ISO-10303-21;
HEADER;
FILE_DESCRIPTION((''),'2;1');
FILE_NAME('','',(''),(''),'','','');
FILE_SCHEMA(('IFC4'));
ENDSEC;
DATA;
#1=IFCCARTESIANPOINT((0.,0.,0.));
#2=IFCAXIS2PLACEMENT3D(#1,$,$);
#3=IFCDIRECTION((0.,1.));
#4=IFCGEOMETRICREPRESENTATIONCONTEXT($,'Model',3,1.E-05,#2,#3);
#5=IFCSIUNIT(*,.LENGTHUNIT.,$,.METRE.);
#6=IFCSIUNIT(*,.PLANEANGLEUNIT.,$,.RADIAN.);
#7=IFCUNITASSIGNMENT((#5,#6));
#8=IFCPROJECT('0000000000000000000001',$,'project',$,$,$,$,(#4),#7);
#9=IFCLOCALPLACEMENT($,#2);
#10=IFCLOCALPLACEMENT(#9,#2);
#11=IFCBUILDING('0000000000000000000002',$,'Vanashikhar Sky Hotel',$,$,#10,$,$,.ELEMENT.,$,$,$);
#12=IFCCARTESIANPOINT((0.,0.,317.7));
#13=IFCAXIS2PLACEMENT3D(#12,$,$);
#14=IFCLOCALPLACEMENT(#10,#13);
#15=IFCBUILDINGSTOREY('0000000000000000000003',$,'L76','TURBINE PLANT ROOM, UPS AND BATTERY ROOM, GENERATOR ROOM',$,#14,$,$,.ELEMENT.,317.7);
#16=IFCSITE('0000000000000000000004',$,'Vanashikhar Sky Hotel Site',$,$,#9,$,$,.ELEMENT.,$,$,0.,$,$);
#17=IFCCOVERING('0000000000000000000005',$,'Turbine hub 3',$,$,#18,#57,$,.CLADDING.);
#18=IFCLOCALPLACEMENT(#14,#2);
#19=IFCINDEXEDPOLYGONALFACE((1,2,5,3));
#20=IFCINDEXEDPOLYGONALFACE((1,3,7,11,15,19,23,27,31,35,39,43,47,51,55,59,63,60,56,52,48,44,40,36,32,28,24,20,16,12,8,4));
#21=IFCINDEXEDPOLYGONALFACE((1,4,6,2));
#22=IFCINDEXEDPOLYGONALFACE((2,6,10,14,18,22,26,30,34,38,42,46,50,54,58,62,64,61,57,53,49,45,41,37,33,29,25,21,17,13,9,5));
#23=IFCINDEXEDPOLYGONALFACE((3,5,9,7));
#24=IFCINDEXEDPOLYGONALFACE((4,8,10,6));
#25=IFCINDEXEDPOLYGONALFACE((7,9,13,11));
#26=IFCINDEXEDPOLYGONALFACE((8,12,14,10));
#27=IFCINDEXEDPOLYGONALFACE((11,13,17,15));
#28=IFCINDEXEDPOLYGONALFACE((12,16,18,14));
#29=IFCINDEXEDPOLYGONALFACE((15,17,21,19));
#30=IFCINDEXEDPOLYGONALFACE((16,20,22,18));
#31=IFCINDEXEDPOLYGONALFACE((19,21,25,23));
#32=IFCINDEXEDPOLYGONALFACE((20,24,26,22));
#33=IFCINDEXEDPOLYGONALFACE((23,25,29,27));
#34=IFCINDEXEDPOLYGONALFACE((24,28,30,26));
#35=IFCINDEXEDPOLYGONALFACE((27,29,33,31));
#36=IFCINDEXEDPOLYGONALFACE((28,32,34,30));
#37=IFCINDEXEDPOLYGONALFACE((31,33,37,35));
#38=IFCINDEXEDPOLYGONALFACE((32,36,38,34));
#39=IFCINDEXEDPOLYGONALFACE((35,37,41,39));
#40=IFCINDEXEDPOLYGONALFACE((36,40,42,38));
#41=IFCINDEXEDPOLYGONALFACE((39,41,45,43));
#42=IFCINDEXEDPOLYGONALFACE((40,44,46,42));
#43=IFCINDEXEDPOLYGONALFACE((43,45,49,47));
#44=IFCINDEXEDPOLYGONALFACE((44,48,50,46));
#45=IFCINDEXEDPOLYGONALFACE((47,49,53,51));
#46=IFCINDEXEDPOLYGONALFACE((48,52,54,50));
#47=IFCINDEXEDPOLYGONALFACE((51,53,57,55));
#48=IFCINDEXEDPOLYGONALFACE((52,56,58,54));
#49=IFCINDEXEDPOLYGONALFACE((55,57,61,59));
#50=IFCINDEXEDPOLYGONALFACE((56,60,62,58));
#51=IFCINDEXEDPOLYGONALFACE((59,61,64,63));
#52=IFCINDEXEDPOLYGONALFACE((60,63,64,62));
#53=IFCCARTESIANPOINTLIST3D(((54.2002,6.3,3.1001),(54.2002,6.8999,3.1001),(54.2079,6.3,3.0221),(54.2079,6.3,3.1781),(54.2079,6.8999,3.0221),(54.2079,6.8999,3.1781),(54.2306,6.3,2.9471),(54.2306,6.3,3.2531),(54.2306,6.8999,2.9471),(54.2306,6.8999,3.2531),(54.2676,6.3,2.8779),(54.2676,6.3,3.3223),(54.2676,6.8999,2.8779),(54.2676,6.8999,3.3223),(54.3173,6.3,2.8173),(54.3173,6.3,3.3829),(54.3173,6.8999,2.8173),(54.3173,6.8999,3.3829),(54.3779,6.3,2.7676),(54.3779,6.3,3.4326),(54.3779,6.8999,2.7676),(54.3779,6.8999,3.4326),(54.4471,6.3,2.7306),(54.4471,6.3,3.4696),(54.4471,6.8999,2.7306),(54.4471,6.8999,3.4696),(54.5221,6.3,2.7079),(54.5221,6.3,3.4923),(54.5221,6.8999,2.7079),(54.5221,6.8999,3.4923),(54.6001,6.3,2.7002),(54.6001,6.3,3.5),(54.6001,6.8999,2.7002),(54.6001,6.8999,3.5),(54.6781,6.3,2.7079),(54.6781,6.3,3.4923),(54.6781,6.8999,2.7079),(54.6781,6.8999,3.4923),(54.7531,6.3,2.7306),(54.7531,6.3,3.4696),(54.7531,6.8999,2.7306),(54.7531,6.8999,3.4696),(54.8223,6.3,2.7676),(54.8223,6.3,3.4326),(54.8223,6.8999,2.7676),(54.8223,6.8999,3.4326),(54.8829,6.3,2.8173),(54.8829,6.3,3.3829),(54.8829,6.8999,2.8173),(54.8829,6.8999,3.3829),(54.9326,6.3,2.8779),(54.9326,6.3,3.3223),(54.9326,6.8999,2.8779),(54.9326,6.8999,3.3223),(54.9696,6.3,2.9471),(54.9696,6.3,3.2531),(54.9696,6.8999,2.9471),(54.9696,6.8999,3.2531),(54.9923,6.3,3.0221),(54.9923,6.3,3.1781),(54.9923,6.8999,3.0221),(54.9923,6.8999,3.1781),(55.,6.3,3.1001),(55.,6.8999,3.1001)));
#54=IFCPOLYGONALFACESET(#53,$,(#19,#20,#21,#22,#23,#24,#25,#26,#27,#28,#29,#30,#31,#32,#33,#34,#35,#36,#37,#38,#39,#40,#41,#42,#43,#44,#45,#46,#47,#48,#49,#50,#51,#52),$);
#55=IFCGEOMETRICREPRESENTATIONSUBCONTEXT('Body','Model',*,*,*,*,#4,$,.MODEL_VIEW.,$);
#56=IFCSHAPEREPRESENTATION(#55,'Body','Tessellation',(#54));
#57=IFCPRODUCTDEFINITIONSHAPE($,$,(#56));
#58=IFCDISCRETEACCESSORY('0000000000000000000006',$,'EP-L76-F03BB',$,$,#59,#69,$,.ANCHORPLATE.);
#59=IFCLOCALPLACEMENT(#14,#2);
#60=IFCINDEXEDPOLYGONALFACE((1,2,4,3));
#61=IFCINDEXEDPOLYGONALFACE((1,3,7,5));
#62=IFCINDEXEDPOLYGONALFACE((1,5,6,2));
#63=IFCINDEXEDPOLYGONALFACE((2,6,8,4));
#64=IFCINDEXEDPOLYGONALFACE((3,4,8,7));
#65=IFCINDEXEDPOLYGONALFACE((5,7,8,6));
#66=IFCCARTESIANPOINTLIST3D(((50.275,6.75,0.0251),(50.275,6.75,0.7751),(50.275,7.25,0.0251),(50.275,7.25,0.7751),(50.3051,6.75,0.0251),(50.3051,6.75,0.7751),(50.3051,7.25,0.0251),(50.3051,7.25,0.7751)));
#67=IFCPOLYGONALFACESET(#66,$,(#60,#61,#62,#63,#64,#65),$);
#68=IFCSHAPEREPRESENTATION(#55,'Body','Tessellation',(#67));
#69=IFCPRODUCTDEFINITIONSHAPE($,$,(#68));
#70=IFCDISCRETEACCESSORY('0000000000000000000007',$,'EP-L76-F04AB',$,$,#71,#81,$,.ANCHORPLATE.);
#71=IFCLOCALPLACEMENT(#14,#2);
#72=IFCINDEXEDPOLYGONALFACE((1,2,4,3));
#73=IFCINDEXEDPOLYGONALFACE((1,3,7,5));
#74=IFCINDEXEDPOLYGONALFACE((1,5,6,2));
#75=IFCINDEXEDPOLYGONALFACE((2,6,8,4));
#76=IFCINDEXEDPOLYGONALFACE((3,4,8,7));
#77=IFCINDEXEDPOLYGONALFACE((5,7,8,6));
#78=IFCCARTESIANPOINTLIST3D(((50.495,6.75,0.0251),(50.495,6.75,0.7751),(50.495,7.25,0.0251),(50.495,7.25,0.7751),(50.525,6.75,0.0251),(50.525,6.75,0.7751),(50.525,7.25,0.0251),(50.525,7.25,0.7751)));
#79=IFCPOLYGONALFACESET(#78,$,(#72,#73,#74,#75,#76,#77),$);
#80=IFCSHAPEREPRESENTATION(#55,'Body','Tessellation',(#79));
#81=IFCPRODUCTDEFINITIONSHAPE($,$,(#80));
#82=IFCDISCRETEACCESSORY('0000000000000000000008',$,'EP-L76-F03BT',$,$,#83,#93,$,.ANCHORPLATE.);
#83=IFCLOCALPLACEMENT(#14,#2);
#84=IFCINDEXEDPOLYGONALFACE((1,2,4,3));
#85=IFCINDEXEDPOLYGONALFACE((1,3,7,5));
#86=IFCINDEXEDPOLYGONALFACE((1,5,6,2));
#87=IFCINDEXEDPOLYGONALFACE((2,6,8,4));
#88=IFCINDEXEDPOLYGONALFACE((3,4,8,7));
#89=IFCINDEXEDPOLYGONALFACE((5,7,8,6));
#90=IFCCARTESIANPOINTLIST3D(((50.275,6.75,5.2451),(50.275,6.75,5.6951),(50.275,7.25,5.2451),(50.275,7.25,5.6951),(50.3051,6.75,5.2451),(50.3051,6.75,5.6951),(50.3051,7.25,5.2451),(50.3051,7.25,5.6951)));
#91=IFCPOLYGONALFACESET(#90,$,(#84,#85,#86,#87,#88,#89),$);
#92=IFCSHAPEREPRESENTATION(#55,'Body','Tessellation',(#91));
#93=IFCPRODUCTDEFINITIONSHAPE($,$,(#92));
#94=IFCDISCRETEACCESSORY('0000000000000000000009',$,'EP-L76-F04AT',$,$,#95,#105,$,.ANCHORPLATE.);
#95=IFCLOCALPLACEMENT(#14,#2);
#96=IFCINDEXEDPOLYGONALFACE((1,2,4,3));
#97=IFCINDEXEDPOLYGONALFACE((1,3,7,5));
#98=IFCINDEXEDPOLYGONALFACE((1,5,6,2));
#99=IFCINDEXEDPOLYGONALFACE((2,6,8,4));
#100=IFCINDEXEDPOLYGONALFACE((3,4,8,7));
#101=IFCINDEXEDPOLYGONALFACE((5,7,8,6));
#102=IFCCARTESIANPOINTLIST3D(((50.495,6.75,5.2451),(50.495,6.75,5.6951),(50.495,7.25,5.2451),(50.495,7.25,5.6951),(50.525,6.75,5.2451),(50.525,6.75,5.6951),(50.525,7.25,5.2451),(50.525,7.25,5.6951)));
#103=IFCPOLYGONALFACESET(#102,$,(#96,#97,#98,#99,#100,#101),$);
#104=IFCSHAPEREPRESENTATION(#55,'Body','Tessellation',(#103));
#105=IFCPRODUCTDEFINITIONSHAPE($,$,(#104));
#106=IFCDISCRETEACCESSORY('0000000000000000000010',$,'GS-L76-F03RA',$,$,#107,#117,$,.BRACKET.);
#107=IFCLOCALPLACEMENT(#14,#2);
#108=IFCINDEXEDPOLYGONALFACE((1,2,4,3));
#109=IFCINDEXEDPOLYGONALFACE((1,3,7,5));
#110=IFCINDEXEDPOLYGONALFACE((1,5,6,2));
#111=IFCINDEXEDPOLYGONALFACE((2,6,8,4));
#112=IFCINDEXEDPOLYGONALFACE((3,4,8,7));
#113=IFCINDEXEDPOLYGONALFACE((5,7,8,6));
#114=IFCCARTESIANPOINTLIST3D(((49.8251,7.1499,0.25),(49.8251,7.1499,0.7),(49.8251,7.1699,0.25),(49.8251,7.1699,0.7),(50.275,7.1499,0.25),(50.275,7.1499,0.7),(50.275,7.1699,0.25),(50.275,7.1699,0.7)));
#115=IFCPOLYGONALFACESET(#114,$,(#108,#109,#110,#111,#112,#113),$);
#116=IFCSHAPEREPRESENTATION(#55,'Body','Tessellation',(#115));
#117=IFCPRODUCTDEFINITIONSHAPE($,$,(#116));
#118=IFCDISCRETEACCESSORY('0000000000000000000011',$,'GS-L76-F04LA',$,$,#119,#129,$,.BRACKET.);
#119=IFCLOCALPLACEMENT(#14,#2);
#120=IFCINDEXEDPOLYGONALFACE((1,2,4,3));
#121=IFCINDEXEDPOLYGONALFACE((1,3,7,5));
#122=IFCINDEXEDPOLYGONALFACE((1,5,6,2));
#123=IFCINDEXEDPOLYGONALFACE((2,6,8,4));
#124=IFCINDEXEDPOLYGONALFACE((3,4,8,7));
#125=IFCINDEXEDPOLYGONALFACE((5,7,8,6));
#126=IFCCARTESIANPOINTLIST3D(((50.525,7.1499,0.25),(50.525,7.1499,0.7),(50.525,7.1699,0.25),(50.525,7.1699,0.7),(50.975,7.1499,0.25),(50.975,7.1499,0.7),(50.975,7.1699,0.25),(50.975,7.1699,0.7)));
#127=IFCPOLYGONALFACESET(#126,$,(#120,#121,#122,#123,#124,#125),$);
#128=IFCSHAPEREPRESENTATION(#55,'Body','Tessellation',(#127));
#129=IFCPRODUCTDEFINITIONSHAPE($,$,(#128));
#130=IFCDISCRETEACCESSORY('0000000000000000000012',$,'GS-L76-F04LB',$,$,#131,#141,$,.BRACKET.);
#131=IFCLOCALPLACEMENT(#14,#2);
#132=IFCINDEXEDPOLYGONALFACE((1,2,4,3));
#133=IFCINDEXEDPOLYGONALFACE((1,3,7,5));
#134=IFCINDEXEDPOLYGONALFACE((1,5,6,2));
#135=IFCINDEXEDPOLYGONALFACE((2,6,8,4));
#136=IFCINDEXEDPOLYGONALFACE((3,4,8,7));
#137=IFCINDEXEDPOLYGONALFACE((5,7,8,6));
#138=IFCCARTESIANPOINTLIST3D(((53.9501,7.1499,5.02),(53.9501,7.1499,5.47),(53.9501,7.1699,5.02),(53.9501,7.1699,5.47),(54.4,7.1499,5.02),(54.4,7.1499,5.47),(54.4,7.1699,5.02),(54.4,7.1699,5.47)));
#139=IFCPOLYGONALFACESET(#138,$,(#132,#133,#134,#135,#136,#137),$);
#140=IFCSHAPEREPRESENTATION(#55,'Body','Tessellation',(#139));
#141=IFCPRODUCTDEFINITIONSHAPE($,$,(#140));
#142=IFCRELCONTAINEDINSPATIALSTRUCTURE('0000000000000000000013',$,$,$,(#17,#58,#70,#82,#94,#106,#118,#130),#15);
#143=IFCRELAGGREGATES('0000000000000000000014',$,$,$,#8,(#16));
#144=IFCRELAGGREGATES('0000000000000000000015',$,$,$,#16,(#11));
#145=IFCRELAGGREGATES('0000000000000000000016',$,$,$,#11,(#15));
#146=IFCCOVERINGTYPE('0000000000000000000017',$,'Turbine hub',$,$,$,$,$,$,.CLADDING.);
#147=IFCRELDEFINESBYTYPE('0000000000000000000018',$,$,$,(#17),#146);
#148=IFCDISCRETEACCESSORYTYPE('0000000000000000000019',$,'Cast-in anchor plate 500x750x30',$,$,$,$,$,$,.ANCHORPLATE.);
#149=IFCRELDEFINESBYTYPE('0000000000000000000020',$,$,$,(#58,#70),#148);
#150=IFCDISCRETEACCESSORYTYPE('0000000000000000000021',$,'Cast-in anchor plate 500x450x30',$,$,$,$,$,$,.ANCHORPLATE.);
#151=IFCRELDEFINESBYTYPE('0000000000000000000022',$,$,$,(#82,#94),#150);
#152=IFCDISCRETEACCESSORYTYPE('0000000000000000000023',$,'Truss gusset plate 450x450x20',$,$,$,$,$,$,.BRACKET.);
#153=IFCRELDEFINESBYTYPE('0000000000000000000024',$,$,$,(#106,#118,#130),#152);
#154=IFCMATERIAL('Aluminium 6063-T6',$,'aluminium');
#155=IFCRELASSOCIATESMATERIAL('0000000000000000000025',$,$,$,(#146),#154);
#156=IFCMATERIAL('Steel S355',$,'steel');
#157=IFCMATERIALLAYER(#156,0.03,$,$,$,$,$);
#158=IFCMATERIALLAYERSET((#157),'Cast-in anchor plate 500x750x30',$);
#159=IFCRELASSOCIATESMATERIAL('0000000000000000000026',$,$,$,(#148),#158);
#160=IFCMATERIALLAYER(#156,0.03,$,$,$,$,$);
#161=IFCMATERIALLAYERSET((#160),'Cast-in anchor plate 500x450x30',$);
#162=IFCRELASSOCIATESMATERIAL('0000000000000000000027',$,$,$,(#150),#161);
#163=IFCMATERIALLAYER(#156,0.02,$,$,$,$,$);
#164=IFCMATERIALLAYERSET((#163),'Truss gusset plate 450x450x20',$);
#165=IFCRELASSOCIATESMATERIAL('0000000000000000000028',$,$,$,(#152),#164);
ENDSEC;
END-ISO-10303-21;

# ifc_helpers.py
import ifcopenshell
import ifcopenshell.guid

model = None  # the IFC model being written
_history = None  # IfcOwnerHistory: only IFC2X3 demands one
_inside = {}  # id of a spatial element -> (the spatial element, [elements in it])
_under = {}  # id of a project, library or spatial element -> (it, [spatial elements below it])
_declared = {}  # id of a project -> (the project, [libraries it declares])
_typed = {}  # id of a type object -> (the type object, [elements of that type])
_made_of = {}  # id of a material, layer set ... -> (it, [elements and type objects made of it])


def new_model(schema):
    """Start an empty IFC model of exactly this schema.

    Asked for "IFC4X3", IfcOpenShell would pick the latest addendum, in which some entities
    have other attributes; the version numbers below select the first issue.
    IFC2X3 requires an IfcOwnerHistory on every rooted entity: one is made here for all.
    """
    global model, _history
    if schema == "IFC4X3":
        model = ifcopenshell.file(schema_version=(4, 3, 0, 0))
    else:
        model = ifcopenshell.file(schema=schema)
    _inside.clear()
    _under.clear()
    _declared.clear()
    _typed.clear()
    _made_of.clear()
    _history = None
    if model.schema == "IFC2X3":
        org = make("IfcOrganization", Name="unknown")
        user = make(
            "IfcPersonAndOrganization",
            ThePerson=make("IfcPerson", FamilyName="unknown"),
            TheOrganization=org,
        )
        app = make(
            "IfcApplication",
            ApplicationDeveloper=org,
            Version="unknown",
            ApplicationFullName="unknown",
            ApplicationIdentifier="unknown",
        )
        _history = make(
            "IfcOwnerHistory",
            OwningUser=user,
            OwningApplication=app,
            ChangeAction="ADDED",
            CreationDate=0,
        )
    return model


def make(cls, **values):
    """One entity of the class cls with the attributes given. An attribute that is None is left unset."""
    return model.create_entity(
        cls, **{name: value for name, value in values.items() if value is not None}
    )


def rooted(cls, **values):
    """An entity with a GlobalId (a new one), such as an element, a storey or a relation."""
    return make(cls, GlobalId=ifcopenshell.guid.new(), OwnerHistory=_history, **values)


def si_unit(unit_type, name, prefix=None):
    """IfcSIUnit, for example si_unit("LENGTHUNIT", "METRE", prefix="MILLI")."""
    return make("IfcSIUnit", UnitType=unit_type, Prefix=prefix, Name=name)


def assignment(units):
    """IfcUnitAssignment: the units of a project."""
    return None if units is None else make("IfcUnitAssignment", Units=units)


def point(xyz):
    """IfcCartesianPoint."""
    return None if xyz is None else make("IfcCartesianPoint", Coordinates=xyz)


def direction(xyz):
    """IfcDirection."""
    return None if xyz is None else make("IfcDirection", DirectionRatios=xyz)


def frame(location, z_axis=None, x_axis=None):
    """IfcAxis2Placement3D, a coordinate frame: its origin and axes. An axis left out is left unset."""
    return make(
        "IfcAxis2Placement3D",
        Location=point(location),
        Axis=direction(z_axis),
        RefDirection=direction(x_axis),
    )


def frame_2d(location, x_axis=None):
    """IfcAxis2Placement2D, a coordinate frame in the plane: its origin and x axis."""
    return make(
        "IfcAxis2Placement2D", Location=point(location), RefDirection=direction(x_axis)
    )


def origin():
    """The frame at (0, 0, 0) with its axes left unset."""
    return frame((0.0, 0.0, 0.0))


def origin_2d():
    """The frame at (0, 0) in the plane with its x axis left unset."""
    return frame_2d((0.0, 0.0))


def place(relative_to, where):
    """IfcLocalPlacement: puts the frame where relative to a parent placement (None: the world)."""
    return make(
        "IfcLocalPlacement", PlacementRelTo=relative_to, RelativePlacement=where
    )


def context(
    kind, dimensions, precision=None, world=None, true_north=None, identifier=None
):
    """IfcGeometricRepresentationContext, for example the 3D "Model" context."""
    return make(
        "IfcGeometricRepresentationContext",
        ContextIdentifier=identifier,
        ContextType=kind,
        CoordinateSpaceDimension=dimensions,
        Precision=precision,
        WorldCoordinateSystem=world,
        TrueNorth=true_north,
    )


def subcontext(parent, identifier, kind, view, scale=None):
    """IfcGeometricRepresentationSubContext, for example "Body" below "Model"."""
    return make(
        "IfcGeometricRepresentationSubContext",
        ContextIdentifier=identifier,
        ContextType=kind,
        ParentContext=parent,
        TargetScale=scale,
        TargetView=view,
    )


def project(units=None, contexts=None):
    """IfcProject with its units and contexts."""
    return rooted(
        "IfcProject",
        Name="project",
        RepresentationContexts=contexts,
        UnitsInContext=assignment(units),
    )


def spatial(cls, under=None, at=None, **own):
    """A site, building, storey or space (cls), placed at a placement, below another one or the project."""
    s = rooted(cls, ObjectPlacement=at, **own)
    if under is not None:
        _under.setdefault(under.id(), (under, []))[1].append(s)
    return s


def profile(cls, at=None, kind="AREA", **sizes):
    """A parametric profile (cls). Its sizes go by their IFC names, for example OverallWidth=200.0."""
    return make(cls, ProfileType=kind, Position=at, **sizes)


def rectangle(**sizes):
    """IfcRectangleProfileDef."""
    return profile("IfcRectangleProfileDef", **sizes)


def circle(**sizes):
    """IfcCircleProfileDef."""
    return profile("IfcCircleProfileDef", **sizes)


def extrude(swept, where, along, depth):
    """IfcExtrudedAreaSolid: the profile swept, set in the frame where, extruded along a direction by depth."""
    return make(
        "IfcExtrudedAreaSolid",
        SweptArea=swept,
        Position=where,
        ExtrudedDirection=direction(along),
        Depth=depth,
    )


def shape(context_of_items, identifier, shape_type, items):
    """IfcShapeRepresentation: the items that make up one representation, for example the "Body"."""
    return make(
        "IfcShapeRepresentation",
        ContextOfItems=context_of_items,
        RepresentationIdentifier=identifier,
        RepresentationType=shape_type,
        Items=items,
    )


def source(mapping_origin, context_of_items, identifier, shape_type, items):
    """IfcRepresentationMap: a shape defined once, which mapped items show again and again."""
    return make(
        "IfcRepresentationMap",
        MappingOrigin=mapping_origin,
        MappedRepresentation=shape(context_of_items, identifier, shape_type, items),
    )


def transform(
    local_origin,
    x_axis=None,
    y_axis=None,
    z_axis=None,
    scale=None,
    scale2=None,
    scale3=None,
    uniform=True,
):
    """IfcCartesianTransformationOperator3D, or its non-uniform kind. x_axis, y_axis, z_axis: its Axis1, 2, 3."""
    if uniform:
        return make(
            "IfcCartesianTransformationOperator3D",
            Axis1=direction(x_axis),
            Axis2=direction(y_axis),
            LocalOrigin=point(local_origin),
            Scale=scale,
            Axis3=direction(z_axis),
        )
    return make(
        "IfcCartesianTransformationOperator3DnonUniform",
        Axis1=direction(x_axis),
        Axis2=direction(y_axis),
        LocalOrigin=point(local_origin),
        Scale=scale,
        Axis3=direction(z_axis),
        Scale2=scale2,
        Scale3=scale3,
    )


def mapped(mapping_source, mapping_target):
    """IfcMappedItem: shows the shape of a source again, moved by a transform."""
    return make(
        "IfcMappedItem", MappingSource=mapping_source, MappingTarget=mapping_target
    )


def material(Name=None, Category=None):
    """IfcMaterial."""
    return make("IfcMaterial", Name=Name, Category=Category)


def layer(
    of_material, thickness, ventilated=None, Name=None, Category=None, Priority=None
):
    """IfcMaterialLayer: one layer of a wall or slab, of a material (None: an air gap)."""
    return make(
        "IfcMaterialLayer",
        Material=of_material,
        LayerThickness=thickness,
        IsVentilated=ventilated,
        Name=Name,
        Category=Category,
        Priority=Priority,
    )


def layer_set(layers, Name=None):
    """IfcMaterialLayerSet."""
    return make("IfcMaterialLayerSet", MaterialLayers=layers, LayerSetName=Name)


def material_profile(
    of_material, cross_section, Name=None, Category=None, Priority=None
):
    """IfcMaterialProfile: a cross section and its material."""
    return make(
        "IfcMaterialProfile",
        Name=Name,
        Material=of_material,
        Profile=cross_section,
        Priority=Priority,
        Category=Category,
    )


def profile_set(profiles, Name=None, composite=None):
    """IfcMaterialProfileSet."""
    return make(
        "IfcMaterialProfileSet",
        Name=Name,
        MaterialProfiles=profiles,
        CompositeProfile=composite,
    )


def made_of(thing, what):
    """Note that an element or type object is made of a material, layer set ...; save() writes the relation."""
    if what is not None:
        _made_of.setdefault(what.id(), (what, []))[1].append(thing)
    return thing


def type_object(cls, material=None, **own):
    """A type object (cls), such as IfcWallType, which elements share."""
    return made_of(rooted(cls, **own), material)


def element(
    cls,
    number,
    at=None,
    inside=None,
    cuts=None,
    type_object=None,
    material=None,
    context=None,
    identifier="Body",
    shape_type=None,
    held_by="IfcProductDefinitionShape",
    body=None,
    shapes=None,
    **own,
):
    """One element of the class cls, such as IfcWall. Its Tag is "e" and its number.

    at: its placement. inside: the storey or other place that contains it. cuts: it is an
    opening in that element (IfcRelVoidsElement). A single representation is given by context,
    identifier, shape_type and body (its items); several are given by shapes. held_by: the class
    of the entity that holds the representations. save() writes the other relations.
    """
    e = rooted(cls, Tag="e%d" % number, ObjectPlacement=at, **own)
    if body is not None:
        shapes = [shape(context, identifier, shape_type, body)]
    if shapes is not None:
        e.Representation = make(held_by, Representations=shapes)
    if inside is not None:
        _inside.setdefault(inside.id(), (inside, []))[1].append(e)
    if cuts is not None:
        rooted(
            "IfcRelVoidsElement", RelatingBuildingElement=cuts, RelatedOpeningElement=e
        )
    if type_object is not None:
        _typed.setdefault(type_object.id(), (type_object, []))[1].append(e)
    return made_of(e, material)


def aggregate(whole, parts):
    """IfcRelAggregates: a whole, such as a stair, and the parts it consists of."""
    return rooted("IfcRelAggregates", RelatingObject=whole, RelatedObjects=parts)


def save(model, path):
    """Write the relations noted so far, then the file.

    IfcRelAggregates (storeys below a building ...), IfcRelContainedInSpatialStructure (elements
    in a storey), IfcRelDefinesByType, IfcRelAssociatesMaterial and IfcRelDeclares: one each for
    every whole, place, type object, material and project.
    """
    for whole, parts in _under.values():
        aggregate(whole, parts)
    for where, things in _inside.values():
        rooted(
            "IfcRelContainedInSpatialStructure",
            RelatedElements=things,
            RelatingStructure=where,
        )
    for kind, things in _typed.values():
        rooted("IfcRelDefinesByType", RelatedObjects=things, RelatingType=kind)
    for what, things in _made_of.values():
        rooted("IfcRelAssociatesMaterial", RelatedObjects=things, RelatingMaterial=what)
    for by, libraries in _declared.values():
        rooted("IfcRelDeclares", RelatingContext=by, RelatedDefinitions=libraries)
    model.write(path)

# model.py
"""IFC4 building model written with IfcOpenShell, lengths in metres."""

from ifc_helpers import new_model, si_unit, direction, frame, origin, origin_2d, place, context, subcontext, project, spatial, rectangle, circle, extrude, source, transform, mapped, material, layer, layer_set, material_profile, profile_set, type_object, element, save


model = new_model("IFC4")

# Units and contexts
model_context = context("Model", 3, precision=1e-05, world=origin(), true_north=direction((0.0, 1.0)))
body_context = subcontext(model_context, "Body", "Model", "MODEL_VIEW")
ifc_project = project(units=[si_unit("LENGTHUNIT", "METRE"), si_unit("PLANEANGLEUNIT", "RADIAN")], contexts=[model_context])

# Site, building, storey
site_placement = place(None, origin())
site = spatial("IfcSite", under=ifc_project, at=site_placement, Name="Vanashikhar Sky Hotel Site", CompositionType="ELEMENT", RefElevation=0.0)
building_placement = place(site_placement, origin())
building = spatial("IfcBuilding", under=site, at=building_placement, Name="Vanashikhar Sky Hotel", CompositionType="ELEMENT")
storey_placement = place(building_placement, frame((0.0, 0.0, 317.7)))
storey = spatial("IfcBuildingStorey", under=building, at=storey_placement, Name="L76", Description="TURBINE PLANT ROOM, UPS AND BATTERY ROOM, GENERATOR ROOM", CompositionType="ELEMENT", Elevation=317.7)

# Shared definitions
ifc_material_1 = material(Name="Steel S355", Category="steel")

# Covering
ifc_material_2 = material(Name="Aluminium 6063-T6", Category="aluminium")
ifc_material_profile_1 = material_profile(ifc_material_2, circle(Radius=0.3999, at=origin_2d()))
ifc_profile_set_1 = profile_set([ifc_material_profile_1], Name="Turbine hub")
covering_type_1 = type_object("IfcCoveringType", Name="Turbine hub", PredefinedType="CLADDING", material=ifc_profile_set_1)
shared_shape_1 = source(origin(), body_context, "Body", "SweptSolid", [
    extrude(circle(Radius=0.3999, at=origin_2d()), origin(), (0.0, 0.0, 1.0), 0.5999),
])
covering_1_placement = place(storey_placement, frame((54.6001, 6.3, 3.1001), z_axis=(0.0, 1.0, 0.0), x_axis=(-1.0, 0.0, 0.0)))
element("IfcCovering", 1, at=covering_1_placement, inside=storey, type_object=covering_type_1, Name="Turbine hub 3", PredefinedType="CLADDING", context=body_context, shape_type="MappedRepresentation", body=[
    mapped(shared_shape_1, transform((0.0, 0.0, 0.0), scale=1.0)),
])

# Discrete accessories
ifc_layer_1 = layer(ifc_material_1, 0.03)
ifc_layer_set_1 = layer_set([ifc_layer_1], Name="Cast-in anchor plate 500x750x30")
discrete_accessory_type_1 = type_object("IfcDiscreteAccessoryType", Name="Cast-in anchor plate 500x750x30", PredefinedType="ANCHORPLATE", material=ifc_layer_set_1)
shared_shape_2 = source(origin(), body_context, "Body", "SweptSolid", [
    extrude(rectangle(XDim=0.03, YDim=0.5, at=origin_2d()), origin(), (0.0, 0.0, 1.0), 0.75),
])
for number, where, z_axis, x_axis, name in (
    (2, (50.29, 7.0, 0.0251), (0.0, 0.0, 1.0), (1.0, 0.0, 0.0), "EP-L76-F03BB"),
    (3, (50.51, 7.0, 0.0251), (0.0, 0.0, 1.0), (1.0, 0.0, 0.0), "EP-L76-F04AB"),
):
    element("IfcDiscreteAccessory", number, at=place(storey_placement, frame(where, z_axis=z_axis, x_axis=x_axis)), inside=storey, type_object=discrete_accessory_type_1, Name=name, PredefinedType="ANCHORPLATE", context=body_context, shape_type="MappedRepresentation", body=[
        mapped(shared_shape_2, transform((0.0, 0.0, 0.0), scale=1.0)),
    ])
ifc_layer_2 = layer(ifc_material_1, 0.03)
ifc_layer_set_2 = layer_set([ifc_layer_2], Name="Cast-in anchor plate 500x450x30")
discrete_accessory_type_2 = type_object("IfcDiscreteAccessoryType", Name="Cast-in anchor plate 500x450x30", PredefinedType="ANCHORPLATE", material=ifc_layer_set_2)
shared_shape_3 = source(origin(), body_context, "Body", "SweptSolid", [
    extrude(rectangle(XDim=0.03, YDim=0.5, at=origin_2d()), origin(), (0.0, 0.0, 1.0), 0.45),
])
for number, where, z_axis, x_axis, name in (
    (4, (50.29, 7.0, 5.2451), (0.0, 0.0, 1.0), (1.0, 0.0, 0.0), "EP-L76-F03BT"),
    (5, (50.51, 7.0, 5.2451), (0.0, 0.0, 1.0), (1.0, 0.0, 0.0), "EP-L76-F04AT"),
):
    element("IfcDiscreteAccessory", number, at=place(storey_placement, frame(where, z_axis=z_axis, x_axis=x_axis)), inside=storey, type_object=discrete_accessory_type_2, Name=name, PredefinedType="ANCHORPLATE", context=body_context, shape_type="MappedRepresentation", body=[
        mapped(shared_shape_3, transform((0.0, 0.0, 0.0), scale=1.0)),
    ])
ifc_layer_3 = layer(ifc_material_1, 0.02)
ifc_layer_set_3 = layer_set([ifc_layer_3], Name="Truss gusset plate 450x450x20")
discrete_accessory_type_3 = type_object("IfcDiscreteAccessoryType", Name="Truss gusset plate 450x450x20", PredefinedType="BRACKET", material=ifc_layer_set_3)
shared_shape_4 = source(origin(), body_context, "Body", "SweptSolid", [
    extrude(rectangle(XDim=0.45, YDim=0.02, at=origin_2d()), origin(), (0.0, 0.0, 1.0), 0.45),
])
for number, where, z_axis, x_axis, name in (
    (6, (50.05, 7.1599, 0.25), (0.0, 0.0, 1.0), (1.0, 0.0, 0.0), "GS-L76-F03RA"),
    (7, (50.75, 7.1599, 0.25), (0.0, 0.0, 1.0), (1.0, 0.0, 0.0), "GS-L76-F04LA"),
    (8, (54.175, 7.1599, 5.02), (0.0, 0.0, 1.0), (1.0, 0.0, 0.0), "GS-L76-F04LB"),
):
    element("IfcDiscreteAccessory", number, at=place(storey_placement, frame(where, z_axis=z_axis, x_axis=x_axis)), inside=storey, type_object=discrete_accessory_type_3, Name=name, PredefinedType="BRACKET", context=body_context, shape_type="MappedRepresentation", body=[
        mapped(shared_shape_4, transform((0.0, 0.0, 0.0), scale=1.0)),
    ])

save(model, "model.ifc")
